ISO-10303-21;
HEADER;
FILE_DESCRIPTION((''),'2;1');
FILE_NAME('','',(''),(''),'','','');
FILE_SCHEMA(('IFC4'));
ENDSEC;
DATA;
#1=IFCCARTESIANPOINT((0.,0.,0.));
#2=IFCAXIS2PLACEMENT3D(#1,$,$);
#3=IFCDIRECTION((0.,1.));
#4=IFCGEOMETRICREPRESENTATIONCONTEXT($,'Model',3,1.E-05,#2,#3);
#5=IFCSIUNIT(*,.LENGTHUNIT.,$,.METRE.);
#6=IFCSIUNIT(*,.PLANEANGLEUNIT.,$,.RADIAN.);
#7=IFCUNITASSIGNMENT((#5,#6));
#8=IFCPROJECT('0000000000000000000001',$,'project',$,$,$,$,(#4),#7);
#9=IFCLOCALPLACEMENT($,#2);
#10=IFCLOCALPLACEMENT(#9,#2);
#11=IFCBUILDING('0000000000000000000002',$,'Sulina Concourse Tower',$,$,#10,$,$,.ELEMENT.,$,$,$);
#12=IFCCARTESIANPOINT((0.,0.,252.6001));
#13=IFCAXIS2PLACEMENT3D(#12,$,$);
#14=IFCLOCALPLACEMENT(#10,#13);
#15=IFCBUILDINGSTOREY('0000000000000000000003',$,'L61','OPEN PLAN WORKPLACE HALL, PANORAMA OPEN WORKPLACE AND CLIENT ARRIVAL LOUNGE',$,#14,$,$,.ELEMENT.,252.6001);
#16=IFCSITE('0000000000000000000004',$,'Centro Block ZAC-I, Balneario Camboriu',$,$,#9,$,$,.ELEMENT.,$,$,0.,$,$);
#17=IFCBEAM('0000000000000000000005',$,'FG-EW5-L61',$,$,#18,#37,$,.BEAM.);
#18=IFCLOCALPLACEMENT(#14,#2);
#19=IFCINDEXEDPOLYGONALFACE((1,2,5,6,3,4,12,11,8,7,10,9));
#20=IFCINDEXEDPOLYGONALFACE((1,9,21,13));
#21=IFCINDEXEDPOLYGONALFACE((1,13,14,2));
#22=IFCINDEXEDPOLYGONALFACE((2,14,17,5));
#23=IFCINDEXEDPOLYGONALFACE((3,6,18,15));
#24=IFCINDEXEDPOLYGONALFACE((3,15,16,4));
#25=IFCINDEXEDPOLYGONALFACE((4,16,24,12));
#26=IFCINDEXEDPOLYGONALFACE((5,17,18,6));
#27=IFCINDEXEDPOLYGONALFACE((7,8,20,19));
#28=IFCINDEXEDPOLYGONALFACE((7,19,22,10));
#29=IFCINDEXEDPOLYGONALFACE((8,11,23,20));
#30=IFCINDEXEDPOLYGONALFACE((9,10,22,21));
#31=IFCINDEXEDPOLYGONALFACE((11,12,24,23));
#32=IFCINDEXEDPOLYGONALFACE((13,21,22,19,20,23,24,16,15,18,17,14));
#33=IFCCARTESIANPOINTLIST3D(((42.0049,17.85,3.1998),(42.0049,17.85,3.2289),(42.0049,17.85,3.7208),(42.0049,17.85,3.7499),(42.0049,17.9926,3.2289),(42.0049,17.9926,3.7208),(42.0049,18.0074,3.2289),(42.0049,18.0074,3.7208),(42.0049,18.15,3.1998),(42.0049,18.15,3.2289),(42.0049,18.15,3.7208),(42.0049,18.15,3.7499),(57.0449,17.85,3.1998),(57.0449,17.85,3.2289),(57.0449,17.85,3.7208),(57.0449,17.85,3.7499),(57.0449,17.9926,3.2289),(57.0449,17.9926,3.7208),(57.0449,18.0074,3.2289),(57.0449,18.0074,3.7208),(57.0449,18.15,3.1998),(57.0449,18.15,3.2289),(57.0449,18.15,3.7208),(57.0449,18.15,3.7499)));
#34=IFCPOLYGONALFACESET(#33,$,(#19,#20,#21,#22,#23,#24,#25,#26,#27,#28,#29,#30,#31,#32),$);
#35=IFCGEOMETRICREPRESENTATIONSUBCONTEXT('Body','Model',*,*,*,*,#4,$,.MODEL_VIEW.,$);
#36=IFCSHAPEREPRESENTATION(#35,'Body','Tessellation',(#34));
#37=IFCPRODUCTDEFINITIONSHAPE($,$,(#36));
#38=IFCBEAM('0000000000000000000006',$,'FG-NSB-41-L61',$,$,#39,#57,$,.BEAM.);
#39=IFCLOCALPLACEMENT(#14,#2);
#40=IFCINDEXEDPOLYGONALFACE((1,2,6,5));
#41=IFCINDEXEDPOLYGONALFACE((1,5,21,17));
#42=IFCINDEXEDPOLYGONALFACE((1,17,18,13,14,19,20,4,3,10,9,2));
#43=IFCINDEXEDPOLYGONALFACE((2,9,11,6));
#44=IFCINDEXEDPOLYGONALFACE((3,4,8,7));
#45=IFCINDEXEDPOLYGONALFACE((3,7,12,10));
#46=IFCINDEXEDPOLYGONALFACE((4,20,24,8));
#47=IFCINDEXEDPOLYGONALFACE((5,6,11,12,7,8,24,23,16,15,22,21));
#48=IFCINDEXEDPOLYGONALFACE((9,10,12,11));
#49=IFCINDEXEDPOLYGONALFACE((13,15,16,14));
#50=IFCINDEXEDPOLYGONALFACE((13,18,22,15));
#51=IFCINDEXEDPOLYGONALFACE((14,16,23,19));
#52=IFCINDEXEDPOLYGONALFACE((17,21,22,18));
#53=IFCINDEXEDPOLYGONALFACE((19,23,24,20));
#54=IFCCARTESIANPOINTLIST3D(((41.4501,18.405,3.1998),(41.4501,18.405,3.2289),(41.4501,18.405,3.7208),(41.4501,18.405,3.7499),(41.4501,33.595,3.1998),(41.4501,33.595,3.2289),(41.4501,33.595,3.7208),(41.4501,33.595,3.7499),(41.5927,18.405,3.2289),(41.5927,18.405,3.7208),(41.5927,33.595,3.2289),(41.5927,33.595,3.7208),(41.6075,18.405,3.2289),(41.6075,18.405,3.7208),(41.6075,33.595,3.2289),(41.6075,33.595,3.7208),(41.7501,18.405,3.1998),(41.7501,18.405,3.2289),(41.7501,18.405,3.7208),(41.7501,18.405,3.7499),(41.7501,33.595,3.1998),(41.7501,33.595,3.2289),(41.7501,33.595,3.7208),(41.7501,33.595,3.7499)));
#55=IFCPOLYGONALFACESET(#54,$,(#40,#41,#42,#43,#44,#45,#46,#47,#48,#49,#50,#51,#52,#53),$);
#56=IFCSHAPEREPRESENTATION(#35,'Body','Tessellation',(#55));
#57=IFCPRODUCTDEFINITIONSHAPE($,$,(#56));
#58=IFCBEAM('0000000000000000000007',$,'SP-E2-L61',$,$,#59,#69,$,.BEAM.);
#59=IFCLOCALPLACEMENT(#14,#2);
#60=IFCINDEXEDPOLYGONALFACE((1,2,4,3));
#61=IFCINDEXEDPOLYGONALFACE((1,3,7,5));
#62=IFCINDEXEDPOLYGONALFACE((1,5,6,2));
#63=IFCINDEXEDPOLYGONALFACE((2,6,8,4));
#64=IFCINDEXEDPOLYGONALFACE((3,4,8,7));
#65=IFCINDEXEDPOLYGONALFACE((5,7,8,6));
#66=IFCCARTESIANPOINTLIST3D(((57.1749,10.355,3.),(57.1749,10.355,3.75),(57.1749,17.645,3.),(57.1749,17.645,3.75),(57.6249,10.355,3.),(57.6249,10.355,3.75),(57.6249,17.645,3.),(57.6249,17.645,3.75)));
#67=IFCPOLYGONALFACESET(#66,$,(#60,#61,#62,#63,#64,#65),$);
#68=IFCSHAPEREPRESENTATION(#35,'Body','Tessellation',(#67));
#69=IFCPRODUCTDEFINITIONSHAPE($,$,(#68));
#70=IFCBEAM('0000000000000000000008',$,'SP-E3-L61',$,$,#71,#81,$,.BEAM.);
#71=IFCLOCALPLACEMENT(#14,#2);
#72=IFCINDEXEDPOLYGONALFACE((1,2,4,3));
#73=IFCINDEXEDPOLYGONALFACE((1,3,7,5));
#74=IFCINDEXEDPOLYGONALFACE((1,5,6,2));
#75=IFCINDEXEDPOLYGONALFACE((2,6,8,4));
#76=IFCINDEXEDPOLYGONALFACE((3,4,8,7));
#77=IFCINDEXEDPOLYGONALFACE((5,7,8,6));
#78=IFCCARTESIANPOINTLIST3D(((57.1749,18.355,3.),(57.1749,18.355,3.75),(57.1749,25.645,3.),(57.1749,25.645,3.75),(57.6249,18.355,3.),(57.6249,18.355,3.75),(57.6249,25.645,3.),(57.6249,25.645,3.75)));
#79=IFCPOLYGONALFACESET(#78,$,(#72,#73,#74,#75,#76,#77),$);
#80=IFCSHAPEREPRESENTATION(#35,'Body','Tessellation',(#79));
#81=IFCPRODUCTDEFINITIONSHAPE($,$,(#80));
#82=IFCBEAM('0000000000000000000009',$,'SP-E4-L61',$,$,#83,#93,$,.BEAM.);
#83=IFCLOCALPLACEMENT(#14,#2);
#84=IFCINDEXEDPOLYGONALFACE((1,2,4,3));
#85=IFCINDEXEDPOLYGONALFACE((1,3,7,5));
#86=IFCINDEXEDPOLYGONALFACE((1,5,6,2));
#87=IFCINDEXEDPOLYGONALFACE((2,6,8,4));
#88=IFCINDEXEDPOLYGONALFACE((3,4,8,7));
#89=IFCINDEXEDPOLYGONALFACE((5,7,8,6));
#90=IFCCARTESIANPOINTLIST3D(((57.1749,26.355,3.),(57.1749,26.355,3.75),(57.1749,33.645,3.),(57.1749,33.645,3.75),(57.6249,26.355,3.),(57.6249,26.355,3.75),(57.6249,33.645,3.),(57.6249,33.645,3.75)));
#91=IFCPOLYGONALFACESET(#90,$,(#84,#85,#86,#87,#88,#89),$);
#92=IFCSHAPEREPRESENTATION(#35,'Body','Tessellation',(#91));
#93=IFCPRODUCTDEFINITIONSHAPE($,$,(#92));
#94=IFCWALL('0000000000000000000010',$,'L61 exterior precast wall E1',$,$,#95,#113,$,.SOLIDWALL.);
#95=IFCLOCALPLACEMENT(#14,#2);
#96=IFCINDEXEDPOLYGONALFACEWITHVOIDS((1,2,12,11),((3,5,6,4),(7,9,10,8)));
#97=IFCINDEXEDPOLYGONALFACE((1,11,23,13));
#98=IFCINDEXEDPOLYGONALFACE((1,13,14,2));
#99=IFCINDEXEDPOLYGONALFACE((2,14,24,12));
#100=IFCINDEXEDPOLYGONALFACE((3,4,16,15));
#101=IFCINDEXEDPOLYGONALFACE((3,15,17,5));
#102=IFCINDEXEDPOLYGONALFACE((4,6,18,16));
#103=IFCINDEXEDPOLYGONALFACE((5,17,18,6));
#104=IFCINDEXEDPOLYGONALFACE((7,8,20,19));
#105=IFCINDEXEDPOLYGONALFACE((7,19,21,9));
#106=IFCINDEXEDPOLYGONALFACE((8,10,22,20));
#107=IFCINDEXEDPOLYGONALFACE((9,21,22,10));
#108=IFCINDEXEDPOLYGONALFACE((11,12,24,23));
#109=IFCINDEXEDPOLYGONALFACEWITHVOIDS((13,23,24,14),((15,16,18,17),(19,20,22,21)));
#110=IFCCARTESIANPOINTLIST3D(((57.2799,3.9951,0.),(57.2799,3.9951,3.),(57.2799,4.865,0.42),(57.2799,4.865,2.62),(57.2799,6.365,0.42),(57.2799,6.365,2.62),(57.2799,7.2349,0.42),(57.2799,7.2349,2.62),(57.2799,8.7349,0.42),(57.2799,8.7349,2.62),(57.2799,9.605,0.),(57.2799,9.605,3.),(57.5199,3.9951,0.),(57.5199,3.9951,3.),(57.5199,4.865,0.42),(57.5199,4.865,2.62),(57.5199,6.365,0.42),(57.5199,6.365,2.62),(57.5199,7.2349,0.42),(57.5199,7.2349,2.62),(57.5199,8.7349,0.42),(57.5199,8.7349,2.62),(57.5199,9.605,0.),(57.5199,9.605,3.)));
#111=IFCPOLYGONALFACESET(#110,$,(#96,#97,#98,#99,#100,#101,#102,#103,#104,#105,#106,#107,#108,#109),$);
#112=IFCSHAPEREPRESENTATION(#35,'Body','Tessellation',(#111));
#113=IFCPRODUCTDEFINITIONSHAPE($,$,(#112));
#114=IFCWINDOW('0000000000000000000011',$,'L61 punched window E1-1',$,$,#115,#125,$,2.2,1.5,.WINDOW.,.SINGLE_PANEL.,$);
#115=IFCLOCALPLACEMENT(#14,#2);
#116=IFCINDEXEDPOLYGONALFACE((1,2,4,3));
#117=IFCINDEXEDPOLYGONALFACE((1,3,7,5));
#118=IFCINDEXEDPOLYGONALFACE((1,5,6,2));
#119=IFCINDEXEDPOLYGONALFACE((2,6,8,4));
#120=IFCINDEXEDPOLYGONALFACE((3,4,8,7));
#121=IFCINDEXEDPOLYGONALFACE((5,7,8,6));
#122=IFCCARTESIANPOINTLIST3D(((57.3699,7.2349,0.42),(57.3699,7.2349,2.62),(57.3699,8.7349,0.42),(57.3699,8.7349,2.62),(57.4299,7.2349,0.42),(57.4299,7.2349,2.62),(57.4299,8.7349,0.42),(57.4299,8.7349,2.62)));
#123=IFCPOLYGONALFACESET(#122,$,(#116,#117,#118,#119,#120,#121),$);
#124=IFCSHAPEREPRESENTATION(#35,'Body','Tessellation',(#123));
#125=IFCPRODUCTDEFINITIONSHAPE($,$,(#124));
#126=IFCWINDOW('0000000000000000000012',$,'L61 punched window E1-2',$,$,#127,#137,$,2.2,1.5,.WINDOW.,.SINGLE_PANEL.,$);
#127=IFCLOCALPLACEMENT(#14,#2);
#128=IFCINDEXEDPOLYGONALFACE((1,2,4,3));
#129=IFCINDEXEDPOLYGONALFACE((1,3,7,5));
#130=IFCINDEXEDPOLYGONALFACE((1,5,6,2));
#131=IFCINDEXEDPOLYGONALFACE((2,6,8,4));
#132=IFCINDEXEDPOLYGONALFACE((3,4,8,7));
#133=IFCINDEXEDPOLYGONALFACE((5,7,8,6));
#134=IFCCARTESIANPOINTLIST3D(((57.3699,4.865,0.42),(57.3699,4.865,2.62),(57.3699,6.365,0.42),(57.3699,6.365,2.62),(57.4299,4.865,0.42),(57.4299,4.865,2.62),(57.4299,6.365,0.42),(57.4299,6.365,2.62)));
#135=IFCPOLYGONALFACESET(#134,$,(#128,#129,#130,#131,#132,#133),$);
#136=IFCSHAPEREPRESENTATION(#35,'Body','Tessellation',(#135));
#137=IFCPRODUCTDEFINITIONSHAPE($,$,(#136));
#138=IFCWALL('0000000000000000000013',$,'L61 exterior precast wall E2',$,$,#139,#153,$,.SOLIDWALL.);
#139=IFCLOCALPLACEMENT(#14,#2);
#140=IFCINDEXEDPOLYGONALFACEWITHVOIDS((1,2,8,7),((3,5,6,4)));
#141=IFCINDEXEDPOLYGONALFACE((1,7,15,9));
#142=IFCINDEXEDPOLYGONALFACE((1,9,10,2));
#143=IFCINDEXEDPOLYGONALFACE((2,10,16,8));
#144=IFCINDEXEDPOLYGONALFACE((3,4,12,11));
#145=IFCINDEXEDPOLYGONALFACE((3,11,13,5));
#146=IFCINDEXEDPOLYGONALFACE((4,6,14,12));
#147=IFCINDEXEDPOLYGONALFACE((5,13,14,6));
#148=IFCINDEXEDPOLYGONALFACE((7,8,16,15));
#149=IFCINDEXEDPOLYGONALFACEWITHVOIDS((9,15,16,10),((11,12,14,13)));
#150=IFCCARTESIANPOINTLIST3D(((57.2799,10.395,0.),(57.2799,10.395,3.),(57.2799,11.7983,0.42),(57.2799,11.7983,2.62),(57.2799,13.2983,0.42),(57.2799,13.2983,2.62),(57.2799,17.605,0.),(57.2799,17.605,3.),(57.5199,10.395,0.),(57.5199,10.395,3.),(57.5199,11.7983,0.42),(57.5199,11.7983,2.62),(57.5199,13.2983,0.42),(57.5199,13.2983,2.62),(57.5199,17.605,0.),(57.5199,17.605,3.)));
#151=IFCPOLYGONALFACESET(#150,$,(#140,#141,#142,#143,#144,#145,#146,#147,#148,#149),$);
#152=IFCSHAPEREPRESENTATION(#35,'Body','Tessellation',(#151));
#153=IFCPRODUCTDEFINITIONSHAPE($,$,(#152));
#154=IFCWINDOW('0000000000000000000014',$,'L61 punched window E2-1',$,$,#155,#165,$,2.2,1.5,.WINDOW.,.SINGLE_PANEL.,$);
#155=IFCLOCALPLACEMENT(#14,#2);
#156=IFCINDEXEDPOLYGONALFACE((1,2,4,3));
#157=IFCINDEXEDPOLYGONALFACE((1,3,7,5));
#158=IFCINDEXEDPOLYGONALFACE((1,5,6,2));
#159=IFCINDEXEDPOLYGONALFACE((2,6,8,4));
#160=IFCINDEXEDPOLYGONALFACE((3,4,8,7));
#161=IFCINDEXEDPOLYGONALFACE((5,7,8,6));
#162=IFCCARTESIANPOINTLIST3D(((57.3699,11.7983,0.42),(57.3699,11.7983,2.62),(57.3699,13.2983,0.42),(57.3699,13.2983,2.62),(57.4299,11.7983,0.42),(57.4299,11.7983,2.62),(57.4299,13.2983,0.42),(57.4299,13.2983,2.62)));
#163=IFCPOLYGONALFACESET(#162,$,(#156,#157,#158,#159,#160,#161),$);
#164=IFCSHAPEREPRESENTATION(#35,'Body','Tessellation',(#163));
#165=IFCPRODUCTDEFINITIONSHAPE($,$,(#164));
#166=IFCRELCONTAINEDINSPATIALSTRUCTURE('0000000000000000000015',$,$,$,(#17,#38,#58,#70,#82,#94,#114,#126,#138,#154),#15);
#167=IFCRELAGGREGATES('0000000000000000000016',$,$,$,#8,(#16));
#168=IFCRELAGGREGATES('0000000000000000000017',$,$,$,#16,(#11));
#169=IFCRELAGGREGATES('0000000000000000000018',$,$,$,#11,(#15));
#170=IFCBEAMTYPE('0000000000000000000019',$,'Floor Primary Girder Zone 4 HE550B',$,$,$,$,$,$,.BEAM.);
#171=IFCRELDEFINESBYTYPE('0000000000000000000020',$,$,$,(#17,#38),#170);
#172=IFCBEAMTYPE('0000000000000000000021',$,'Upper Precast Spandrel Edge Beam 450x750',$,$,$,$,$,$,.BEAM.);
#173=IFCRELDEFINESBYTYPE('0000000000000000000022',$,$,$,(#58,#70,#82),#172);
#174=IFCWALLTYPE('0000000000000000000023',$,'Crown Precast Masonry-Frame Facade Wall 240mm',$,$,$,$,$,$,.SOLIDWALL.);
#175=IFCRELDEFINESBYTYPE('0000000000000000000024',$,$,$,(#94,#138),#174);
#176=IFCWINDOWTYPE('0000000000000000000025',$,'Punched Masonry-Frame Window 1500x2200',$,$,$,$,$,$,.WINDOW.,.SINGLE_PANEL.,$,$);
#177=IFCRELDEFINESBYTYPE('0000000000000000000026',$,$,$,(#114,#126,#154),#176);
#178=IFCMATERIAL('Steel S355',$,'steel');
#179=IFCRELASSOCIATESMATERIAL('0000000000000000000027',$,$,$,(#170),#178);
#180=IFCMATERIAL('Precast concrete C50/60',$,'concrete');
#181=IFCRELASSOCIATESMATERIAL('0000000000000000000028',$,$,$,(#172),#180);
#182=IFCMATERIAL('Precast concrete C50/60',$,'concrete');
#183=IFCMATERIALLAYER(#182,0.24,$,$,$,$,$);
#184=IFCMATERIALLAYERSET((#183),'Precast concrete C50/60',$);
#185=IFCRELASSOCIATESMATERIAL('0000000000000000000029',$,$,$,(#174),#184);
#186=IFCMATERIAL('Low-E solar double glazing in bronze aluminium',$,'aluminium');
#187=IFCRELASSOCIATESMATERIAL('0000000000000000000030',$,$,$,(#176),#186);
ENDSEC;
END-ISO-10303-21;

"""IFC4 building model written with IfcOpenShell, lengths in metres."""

from ifc_helpers import new_model, si_unit, direction, frame, frame_2d, origin, origin_2d, place, context, subcontext, project, spatial, rectangle, i_section, extrude, material, layer, layer_set, material_profile, profile_set, type_object, element, fill, save


model = new_model("IFC4")

# Units and contexts
model_context = context("Model", 3, precision=1e-05, world=origin(), true_north=direction((0.0, 1.0)))
body_context = subcontext(model_context, "Body", "Model", "MODEL_VIEW")
ifc_project = project(units=[si_unit("LENGTHUNIT", "METRE"), si_unit("PLANEANGLEUNIT", "RADIAN")], contexts=[model_context])

# Site, building, storey
site_placement = place(None, origin())
site = spatial("IfcSite", under=ifc_project, at=site_placement, Name="Centro Block ZAC-I, Balneario Camboriu", CompositionType="ELEMENT", RefElevation=0.0)
building_placement = place(site_placement, origin())
building = spatial("IfcBuilding", under=site, at=building_placement, Name="Sulina Concourse Tower", CompositionType="ELEMENT")
storey_placement = place(building_placement, frame((0.0, 0.0, 252.6001)))
storey = spatial("IfcBuildingStorey", under=building, at=storey_placement, Name="L61", Description="OPEN PLAN WORKPLACE HALL, PANORAMA OPEN WORKPLACE AND CLIENT ARRIVAL LOUNGE", CompositionType="ELEMENT", Elevation=252.6001)

# Beams
ifc_material_1 = material(Name="Steel S355", Category="steel")
ifc_material_profile_1 = material_profile(ifc_material_1, i_section(OverallWidth=0.3, OverallDepth=0.55, WebThickness=0.0149, FlangeThickness=0.0291, at=origin_2d()), Name="HE 550 B")
ifc_profile_set_1 = profile_set([ifc_material_profile_1], Name="Steel S355")
beam_type_1 = type_object("IfcBeamType", Name="Floor Primary Girder Zone 4 HE550B", PredefinedType="BEAM", material=ifc_profile_set_1)
beam_1_placement = place(storey_placement, frame((42.0049, 18.0, 3.4749), z_axis=(1.0, 0.0, 0.0), x_axis=(0.0, 1.0, 0.0)))
element("IfcBeam", 1, at=beam_1_placement, inside=storey, type_object=beam_type_1, Name="FG-EW5-L61", PredefinedType="BEAM", context=body_context, shape_type="SweptSolid", body=[
    extrude(i_section(OverallWidth=0.3, OverallDepth=0.55, WebThickness=0.0149, FlangeThickness=0.0291, at=origin_2d()), origin(), (0.0, 0.0, 1.0), 15.04),
])
beam_2_placement = place(storey_placement, frame((41.6001, 18.405, 3.4749), z_axis=(0.0, 1.0, 0.0), x_axis=(-1.0, 0.0, 0.0)))
element("IfcBeam", 2, at=beam_2_placement, inside=storey, type_object=beam_type_1, Name="FG-NSB-41-L61", PredefinedType="BEAM", context=body_context, shape_type="SweptSolid", body=[
    extrude(i_section(OverallWidth=0.3, OverallDepth=0.55, WebThickness=0.0149, FlangeThickness=0.0291, at=origin_2d()), origin(), (0.0, 0.0, 1.0), 15.1899),
])
ifc_material_2 = material(Name="Precast concrete C50/60", Category="concrete")
ifc_material_profile_2 = material_profile(ifc_material_2, rectangle(XDim=0.45, YDim=0.75, at=origin_2d()), Name="RC 450x750")
ifc_profile_set_2 = profile_set([ifc_material_profile_2], Name="Precast concrete C50/60")
beam_type_2 = type_object("IfcBeamType", Name="Upper Precast Spandrel Edge Beam 450x750", PredefinedType="BEAM", material=ifc_profile_set_2)
for number, where, z_axis, x_axis, name in (
    (3, (57.3999, 10.355, 3.375), (0.0, 1.0, 0.0), (-1.0, 0.0, 0.0), "SP-E2-L61"),
    (4, (57.3999, 18.355, 3.375), (0.0, 1.0, 0.0), (-1.0, 0.0, 0.0), "SP-E3-L61"),
    (5, (57.3999, 26.355, 3.375), (0.0, 1.0, 0.0), (-1.0, 0.0, 0.0), "SP-E4-L61"),
):
    element("IfcBeam", number, at=place(storey_placement, frame(where, z_axis=z_axis, x_axis=x_axis)), inside=storey, type_object=beam_type_2, Name=name, PredefinedType="BEAM", context=body_context, shape_type="SweptSolid", body=[
        extrude(rectangle(XDim=0.45, YDim=0.75, at=origin_2d()), origin(), (0.0, 0.0, 1.0), 7.29),
    ])

# Wall, openings, windows
ifc_material_3 = material(Name="Precast concrete C50/60", Category="concrete")
ifc_layer_1 = layer(ifc_material_3, 0.24)
ifc_layer_set_1 = layer_set([ifc_layer_1], Name="Precast concrete C50/60")
wall_type_1 = type_object("IfcWallType", Name="Crown Precast Masonry-Frame Facade Wall 240mm", PredefinedType="SOLIDWALL", material=ifc_layer_set_1)
wall_1_placement = place(storey_placement, frame((57.3999, 9.605, 0.0), z_axis=(0.0, 0.0, 1.0), x_axis=(0.0, -1.0, 0.0)))
wall_1 = element("IfcWall", 6, at=wall_1_placement, inside=storey, type_object=wall_type_1, Name="L61 exterior precast wall E1", PredefinedType="SOLIDWALL", context=body_context, shape_type="SweptSolid", body=[
    extrude(rectangle(XDim=5.6099, YDim=0.24, at=frame_2d((2.8049, 0.0))), origin(), (0.0, 0.0, 1.0), 3.0),
])
opening_1_placement = place(wall_1_placement, frame((0.8701, 0.0, 0.4199)))
opening_1 = element("IfcOpeningElement", 7, at=opening_1_placement, cuts=wall_1, PredefinedType="OPENING", context=body_context, shape_type="SweptSolid", body=[
    extrude(rectangle(XDim=1.5, YDim=2.2, at=frame_2d((0.75, 1.1001))), frame((0.0, 0.1299, 0.0), z_axis=(0.0, -1.0, 0.0), x_axis=(1.0, 0.0, 0.0)), (0.0, 0.0, 1.0), 0.26),
])
opening_2_placement = place(wall_1_placement, frame((3.24, 0.0, 0.4199)))
opening_2 = element("IfcOpeningElement", 8, at=opening_2_placement, cuts=wall_1, PredefinedType="OPENING", context=body_context, shape_type="SweptSolid", body=[
    extrude(rectangle(XDim=1.5, YDim=2.2, at=frame_2d((0.75, 1.1001))), frame((0.0, 0.1299, 0.0), z_axis=(0.0, -1.0, 0.0), x_axis=(1.0, 0.0, 0.0)), (0.0, 0.0, 1.0), 0.26),
])
ifc_material_4 = material(Name="Low-E solar double glazing in bronze aluminium", Category="aluminium")
window_type = type_object("IfcWindowType", Name="Punched Masonry-Frame Window 1500x2200", PartitioningType="SINGLE_PANEL", PredefinedType="WINDOW", material=ifc_material_4)
window_1_placement = place(opening_1_placement, origin())
window_1 = element("IfcWindow", 9, at=window_1_placement, inside=storey, type_object=window_type, Name="L61 punched window E1-1", OverallHeight=2.2, OverallWidth=1.5, PartitioningType="SINGLE_PANEL", PredefinedType="WINDOW", context=body_context, shape_type="SweptSolid", body=[
    extrude(rectangle(XDim=1.5, YDim=2.2, at=frame_2d((0.75, 1.1001))), frame((0.0, 0.03, 0.0), z_axis=(0.0, -1.0, 0.0), x_axis=(1.0, 0.0, 0.0)), (0.0, 0.0, 1.0), 0.0601),
])
fill(opening_1, window_1)
window_2_placement = place(opening_2_placement, origin())
window_2 = element("IfcWindow", 10, at=window_2_placement, inside=storey, type_object=window_type, Name="L61 punched window E1-2", OverallHeight=2.2, OverallWidth=1.5, PartitioningType="SINGLE_PANEL", PredefinedType="WINDOW", context=body_context, shape_type="SweptSolid", body=[
    extrude(rectangle(XDim=1.5, YDim=2.2, at=frame_2d((0.75, 1.1001))), frame((0.0, 0.03, 0.0), z_axis=(0.0, -1.0, 0.0), x_axis=(1.0, 0.0, 0.0)), (0.0, 0.0, 1.0), 0.0601),
])
fill(opening_2, window_2)

# Wall, opening, window
wall_2_placement = place(storey_placement, frame((57.3999, 17.605, 0.0), z_axis=(0.0, 0.0, 1.0), x_axis=(0.0, -1.0, 0.0)))
wall_2 = element("IfcWall", 11, at=wall_2_placement, inside=storey, type_object=wall_type_1, Name="L61 exterior precast wall E2", PredefinedType="SOLIDWALL", context=body_context, shape_type="SweptSolid", body=[
    extrude(rectangle(XDim=7.21, YDim=0.24, at=frame_2d((3.605, 0.0))), origin(), (0.0, 0.0, 1.0), 3.0),
])
opening_3_placement = place(wall_2_placement, frame((4.3066, 0.0, 0.4199)))
opening_3 = element("IfcOpeningElement", 12, at=opening_3_placement, cuts=wall_2, PredefinedType="OPENING", context=body_context, shape_type="SweptSolid", body=[
    extrude(rectangle(XDim=1.5, YDim=2.2, at=frame_2d((0.75, 1.1001))), frame((0.0, 0.1299, 0.0), z_axis=(0.0, -1.0, 0.0), x_axis=(1.0, 0.0, 0.0)), (0.0, 0.0, 1.0), 0.26),
])
window_3_placement = place(opening_3_placement, origin())
window_3 = element("IfcWindow", 13, at=window_3_placement, inside=storey, type_object=window_type, Name="L61 punched window E2-1", OverallHeight=2.2, OverallWidth=1.5, PartitioningType="SINGLE_PANEL", PredefinedType="WINDOW", context=body_context, shape_type="SweptSolid", body=[
    extrude(rectangle(XDim=1.5, YDim=2.2, at=frame_2d((0.75, 1.1001))), frame((0.0, 0.03, 0.0), z_axis=(0.0, -1.0, 0.0), x_axis=(1.0, 0.0, 0.0)), (0.0, 0.0, 1.0), 0.0601),
])
fill(opening_3, window_3)

save(model, "model.ifc")
